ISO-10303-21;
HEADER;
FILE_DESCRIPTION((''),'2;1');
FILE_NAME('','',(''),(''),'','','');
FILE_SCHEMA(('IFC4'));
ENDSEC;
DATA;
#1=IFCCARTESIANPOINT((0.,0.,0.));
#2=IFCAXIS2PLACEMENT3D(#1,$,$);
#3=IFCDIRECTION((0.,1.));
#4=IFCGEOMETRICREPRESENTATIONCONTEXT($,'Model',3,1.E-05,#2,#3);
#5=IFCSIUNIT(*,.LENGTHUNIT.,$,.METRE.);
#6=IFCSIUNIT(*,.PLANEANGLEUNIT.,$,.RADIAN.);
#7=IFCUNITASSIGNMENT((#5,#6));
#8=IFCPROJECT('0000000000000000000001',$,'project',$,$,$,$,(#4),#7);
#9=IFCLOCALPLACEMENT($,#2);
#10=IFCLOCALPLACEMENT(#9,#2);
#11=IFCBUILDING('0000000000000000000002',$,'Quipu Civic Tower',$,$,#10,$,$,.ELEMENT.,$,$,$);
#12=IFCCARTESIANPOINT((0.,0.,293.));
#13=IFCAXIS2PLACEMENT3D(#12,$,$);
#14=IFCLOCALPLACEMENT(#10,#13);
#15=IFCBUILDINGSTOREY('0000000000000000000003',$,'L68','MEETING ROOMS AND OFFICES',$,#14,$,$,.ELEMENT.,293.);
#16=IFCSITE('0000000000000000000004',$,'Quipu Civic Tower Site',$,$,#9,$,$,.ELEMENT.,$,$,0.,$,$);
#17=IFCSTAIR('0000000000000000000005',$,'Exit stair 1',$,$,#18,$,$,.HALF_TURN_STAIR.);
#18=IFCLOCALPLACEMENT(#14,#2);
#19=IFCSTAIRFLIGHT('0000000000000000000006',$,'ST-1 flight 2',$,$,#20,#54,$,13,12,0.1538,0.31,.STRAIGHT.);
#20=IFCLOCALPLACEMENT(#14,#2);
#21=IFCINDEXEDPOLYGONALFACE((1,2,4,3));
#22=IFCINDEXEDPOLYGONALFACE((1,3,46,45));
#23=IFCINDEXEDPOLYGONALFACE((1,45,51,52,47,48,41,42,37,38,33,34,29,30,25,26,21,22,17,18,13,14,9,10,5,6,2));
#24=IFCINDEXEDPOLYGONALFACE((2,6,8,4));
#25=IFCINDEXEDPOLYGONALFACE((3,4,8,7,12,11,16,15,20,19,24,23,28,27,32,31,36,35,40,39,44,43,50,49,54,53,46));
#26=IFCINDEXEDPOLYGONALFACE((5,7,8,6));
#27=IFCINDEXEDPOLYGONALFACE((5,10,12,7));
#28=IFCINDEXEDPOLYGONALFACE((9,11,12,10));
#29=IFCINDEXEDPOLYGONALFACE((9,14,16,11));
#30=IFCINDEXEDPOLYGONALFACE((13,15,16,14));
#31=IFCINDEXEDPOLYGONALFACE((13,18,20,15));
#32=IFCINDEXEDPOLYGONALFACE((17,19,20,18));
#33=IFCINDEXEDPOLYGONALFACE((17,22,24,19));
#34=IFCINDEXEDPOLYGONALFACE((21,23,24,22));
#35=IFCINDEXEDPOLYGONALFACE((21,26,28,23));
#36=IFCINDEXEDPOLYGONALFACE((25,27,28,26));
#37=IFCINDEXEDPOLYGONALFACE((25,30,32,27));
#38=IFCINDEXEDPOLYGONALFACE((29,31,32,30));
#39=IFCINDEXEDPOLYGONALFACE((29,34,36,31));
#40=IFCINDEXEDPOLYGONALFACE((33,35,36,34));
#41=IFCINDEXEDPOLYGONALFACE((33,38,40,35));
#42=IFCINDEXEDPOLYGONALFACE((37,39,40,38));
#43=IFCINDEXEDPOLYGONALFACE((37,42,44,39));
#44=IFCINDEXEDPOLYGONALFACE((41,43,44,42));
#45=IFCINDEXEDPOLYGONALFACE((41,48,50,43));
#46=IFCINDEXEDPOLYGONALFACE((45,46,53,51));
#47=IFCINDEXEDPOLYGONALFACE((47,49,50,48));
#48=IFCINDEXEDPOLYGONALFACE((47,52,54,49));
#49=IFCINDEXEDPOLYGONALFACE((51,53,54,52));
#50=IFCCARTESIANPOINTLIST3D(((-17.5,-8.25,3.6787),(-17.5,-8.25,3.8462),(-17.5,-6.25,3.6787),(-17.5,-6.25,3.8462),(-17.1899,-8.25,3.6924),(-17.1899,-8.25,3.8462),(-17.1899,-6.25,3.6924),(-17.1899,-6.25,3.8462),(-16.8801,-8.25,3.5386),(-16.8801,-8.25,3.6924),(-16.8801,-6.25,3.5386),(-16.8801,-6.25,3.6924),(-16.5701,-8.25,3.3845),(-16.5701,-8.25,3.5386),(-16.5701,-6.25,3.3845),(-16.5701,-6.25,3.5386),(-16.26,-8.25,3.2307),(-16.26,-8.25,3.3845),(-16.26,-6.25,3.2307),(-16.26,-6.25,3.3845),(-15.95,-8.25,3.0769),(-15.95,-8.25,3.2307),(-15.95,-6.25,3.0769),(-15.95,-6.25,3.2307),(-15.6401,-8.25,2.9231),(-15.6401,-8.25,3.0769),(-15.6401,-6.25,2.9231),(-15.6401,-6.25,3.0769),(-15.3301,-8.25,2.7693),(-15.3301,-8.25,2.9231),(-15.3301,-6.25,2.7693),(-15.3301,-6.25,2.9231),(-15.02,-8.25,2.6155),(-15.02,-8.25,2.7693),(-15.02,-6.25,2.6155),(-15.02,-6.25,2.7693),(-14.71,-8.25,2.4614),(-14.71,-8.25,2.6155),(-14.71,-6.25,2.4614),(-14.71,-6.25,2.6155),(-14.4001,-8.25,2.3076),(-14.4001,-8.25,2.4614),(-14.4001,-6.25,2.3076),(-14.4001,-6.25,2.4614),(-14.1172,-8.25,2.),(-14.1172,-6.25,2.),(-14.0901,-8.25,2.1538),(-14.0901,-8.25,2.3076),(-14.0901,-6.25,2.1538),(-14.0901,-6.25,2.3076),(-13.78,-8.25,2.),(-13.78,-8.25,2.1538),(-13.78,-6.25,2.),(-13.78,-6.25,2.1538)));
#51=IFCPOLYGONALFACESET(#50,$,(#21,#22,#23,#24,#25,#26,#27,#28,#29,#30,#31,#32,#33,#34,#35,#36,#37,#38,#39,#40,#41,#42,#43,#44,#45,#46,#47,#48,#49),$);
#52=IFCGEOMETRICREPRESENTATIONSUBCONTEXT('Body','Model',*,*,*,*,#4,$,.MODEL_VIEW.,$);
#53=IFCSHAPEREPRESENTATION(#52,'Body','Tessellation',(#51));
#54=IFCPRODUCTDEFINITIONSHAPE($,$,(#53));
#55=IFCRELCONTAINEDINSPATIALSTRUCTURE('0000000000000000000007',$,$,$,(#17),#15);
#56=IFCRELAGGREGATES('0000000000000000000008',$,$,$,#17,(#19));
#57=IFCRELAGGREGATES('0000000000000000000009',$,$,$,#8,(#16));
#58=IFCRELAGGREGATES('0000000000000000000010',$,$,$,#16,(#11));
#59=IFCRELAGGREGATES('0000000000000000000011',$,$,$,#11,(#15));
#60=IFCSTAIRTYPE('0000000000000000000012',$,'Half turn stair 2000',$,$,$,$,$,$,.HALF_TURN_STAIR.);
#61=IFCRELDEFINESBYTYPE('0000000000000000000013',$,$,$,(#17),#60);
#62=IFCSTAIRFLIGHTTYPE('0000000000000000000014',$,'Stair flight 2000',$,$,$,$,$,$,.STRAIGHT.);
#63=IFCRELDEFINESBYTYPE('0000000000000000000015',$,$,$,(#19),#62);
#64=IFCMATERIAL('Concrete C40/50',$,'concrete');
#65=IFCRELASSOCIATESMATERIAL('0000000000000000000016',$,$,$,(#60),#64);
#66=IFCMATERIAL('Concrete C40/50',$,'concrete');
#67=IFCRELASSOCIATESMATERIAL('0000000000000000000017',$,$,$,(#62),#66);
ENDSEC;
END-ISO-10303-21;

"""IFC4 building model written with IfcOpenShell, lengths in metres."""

from ifc_helpers import new_model, si_unit, direction, frame, origin, place, context, subcontext, project, spatial, polyline, outline, extrude, material, type_object, element, aggregate, save


model = new_model("IFC4")

# Units and contexts
model_context = context("Model", 3, precision=1e-05, world=origin(), true_north=direction((0.0, 1.0)))
body_context = subcontext(model_context, "Body", "Model", "MODEL_VIEW")
ifc_project = project(units=[si_unit("LENGTHUNIT", "METRE"), si_unit("PLANEANGLEUNIT", "RADIAN")], contexts=[model_context])

# Site, building, storey
site_placement = place(None, origin())
site = spatial("IfcSite", under=ifc_project, at=site_placement, Name="Quipu Civic Tower Site", CompositionType="ELEMENT", RefElevation=0.0)
building_placement = place(site_placement, origin())
building = spatial("IfcBuilding", under=site, at=building_placement, Name="Quipu Civic Tower", CompositionType="ELEMENT")
storey_placement = place(building_placement, frame((0.0, 0.0, 293.0)))
storey = spatial("IfcBuildingStorey", under=building, at=storey_placement, Name="L68", Description="MEETING ROOMS AND OFFICES", CompositionType="ELEMENT", Elevation=293.0)

# Stair, stair flight
ifc_material_1 = material(Name="Concrete C40/50", Category="concrete")
stair_type = type_object("IfcStairType", Name="Half turn stair 2000", PredefinedType="HALF_TURN_STAIR", material=ifc_material_1)
stair_placement = place(storey_placement, origin())
stair = element("IfcStair", 1, at=stair_placement, inside=storey, type_object=stair_type, Name="Exit stair 1", PredefinedType="HALF_TURN_STAIR")
ifc_material_2 = material(Name="Concrete C40/50", Category="concrete")
stair_flight_type = type_object("IfcStairFlightType", Name="Stair flight 2000", PredefinedType="STRAIGHT", material=ifc_material_2)
stair_flight_1_placement = place(storey_placement, frame((-13.78, -7.25, 2.0), z_axis=(0.0, 0.0, 1.0), x_axis=(-1.0, 0.0, 0.0)))
stair_flight_1 = element("IfcStairFlight", 2, at=stair_flight_1_placement, type_object=stair_flight_type, Name="ST-1 flight 2", NumberOfRisers=13, NumberOfTreads=12, PredefinedType="STRAIGHT", RiserHeight=0.1538, TreadLength=0.31, context=body_context, shape_type="SweptSolid", body=[
    extrude(outline(polyline([(0.0, 0.0), (0.0, 0.1538), (0.3101, 0.1538), (0.3101, 0.3076), (0.6201, 0.3076), (0.6201, 0.4614), (0.9299, 0.4614), (0.9299, 0.6155), (1.24, 0.6155), (1.24, 0.7693), (1.55, 0.7693), (1.55, 0.9231), (1.8601, 0.9231), (1.8601, 1.0769), (2.1699, 1.0769), (2.1699, 1.2307), (2.48, 1.2307), (2.48, 1.3845), (2.79, 1.3845), (2.79, 1.5386), (3.1001, 1.5386), (3.1001, 1.6924), (3.4099, 1.6924), (3.4099, 1.8462), (3.72, 1.8462), (3.72, 2.0), (3.72, 1.6787), (0.3372, 0.0), (0.0, 0.0)])), frame((0.0, 1.0, 0.0), z_axis=(0.0, -1.0, 0.0), x_axis=(1.0, 0.0, 0.0)), (0.0, 0.0, 1.0), 2.0),
])
aggregate(stair, [stair_flight_1])

save(model, "model.ifc")
